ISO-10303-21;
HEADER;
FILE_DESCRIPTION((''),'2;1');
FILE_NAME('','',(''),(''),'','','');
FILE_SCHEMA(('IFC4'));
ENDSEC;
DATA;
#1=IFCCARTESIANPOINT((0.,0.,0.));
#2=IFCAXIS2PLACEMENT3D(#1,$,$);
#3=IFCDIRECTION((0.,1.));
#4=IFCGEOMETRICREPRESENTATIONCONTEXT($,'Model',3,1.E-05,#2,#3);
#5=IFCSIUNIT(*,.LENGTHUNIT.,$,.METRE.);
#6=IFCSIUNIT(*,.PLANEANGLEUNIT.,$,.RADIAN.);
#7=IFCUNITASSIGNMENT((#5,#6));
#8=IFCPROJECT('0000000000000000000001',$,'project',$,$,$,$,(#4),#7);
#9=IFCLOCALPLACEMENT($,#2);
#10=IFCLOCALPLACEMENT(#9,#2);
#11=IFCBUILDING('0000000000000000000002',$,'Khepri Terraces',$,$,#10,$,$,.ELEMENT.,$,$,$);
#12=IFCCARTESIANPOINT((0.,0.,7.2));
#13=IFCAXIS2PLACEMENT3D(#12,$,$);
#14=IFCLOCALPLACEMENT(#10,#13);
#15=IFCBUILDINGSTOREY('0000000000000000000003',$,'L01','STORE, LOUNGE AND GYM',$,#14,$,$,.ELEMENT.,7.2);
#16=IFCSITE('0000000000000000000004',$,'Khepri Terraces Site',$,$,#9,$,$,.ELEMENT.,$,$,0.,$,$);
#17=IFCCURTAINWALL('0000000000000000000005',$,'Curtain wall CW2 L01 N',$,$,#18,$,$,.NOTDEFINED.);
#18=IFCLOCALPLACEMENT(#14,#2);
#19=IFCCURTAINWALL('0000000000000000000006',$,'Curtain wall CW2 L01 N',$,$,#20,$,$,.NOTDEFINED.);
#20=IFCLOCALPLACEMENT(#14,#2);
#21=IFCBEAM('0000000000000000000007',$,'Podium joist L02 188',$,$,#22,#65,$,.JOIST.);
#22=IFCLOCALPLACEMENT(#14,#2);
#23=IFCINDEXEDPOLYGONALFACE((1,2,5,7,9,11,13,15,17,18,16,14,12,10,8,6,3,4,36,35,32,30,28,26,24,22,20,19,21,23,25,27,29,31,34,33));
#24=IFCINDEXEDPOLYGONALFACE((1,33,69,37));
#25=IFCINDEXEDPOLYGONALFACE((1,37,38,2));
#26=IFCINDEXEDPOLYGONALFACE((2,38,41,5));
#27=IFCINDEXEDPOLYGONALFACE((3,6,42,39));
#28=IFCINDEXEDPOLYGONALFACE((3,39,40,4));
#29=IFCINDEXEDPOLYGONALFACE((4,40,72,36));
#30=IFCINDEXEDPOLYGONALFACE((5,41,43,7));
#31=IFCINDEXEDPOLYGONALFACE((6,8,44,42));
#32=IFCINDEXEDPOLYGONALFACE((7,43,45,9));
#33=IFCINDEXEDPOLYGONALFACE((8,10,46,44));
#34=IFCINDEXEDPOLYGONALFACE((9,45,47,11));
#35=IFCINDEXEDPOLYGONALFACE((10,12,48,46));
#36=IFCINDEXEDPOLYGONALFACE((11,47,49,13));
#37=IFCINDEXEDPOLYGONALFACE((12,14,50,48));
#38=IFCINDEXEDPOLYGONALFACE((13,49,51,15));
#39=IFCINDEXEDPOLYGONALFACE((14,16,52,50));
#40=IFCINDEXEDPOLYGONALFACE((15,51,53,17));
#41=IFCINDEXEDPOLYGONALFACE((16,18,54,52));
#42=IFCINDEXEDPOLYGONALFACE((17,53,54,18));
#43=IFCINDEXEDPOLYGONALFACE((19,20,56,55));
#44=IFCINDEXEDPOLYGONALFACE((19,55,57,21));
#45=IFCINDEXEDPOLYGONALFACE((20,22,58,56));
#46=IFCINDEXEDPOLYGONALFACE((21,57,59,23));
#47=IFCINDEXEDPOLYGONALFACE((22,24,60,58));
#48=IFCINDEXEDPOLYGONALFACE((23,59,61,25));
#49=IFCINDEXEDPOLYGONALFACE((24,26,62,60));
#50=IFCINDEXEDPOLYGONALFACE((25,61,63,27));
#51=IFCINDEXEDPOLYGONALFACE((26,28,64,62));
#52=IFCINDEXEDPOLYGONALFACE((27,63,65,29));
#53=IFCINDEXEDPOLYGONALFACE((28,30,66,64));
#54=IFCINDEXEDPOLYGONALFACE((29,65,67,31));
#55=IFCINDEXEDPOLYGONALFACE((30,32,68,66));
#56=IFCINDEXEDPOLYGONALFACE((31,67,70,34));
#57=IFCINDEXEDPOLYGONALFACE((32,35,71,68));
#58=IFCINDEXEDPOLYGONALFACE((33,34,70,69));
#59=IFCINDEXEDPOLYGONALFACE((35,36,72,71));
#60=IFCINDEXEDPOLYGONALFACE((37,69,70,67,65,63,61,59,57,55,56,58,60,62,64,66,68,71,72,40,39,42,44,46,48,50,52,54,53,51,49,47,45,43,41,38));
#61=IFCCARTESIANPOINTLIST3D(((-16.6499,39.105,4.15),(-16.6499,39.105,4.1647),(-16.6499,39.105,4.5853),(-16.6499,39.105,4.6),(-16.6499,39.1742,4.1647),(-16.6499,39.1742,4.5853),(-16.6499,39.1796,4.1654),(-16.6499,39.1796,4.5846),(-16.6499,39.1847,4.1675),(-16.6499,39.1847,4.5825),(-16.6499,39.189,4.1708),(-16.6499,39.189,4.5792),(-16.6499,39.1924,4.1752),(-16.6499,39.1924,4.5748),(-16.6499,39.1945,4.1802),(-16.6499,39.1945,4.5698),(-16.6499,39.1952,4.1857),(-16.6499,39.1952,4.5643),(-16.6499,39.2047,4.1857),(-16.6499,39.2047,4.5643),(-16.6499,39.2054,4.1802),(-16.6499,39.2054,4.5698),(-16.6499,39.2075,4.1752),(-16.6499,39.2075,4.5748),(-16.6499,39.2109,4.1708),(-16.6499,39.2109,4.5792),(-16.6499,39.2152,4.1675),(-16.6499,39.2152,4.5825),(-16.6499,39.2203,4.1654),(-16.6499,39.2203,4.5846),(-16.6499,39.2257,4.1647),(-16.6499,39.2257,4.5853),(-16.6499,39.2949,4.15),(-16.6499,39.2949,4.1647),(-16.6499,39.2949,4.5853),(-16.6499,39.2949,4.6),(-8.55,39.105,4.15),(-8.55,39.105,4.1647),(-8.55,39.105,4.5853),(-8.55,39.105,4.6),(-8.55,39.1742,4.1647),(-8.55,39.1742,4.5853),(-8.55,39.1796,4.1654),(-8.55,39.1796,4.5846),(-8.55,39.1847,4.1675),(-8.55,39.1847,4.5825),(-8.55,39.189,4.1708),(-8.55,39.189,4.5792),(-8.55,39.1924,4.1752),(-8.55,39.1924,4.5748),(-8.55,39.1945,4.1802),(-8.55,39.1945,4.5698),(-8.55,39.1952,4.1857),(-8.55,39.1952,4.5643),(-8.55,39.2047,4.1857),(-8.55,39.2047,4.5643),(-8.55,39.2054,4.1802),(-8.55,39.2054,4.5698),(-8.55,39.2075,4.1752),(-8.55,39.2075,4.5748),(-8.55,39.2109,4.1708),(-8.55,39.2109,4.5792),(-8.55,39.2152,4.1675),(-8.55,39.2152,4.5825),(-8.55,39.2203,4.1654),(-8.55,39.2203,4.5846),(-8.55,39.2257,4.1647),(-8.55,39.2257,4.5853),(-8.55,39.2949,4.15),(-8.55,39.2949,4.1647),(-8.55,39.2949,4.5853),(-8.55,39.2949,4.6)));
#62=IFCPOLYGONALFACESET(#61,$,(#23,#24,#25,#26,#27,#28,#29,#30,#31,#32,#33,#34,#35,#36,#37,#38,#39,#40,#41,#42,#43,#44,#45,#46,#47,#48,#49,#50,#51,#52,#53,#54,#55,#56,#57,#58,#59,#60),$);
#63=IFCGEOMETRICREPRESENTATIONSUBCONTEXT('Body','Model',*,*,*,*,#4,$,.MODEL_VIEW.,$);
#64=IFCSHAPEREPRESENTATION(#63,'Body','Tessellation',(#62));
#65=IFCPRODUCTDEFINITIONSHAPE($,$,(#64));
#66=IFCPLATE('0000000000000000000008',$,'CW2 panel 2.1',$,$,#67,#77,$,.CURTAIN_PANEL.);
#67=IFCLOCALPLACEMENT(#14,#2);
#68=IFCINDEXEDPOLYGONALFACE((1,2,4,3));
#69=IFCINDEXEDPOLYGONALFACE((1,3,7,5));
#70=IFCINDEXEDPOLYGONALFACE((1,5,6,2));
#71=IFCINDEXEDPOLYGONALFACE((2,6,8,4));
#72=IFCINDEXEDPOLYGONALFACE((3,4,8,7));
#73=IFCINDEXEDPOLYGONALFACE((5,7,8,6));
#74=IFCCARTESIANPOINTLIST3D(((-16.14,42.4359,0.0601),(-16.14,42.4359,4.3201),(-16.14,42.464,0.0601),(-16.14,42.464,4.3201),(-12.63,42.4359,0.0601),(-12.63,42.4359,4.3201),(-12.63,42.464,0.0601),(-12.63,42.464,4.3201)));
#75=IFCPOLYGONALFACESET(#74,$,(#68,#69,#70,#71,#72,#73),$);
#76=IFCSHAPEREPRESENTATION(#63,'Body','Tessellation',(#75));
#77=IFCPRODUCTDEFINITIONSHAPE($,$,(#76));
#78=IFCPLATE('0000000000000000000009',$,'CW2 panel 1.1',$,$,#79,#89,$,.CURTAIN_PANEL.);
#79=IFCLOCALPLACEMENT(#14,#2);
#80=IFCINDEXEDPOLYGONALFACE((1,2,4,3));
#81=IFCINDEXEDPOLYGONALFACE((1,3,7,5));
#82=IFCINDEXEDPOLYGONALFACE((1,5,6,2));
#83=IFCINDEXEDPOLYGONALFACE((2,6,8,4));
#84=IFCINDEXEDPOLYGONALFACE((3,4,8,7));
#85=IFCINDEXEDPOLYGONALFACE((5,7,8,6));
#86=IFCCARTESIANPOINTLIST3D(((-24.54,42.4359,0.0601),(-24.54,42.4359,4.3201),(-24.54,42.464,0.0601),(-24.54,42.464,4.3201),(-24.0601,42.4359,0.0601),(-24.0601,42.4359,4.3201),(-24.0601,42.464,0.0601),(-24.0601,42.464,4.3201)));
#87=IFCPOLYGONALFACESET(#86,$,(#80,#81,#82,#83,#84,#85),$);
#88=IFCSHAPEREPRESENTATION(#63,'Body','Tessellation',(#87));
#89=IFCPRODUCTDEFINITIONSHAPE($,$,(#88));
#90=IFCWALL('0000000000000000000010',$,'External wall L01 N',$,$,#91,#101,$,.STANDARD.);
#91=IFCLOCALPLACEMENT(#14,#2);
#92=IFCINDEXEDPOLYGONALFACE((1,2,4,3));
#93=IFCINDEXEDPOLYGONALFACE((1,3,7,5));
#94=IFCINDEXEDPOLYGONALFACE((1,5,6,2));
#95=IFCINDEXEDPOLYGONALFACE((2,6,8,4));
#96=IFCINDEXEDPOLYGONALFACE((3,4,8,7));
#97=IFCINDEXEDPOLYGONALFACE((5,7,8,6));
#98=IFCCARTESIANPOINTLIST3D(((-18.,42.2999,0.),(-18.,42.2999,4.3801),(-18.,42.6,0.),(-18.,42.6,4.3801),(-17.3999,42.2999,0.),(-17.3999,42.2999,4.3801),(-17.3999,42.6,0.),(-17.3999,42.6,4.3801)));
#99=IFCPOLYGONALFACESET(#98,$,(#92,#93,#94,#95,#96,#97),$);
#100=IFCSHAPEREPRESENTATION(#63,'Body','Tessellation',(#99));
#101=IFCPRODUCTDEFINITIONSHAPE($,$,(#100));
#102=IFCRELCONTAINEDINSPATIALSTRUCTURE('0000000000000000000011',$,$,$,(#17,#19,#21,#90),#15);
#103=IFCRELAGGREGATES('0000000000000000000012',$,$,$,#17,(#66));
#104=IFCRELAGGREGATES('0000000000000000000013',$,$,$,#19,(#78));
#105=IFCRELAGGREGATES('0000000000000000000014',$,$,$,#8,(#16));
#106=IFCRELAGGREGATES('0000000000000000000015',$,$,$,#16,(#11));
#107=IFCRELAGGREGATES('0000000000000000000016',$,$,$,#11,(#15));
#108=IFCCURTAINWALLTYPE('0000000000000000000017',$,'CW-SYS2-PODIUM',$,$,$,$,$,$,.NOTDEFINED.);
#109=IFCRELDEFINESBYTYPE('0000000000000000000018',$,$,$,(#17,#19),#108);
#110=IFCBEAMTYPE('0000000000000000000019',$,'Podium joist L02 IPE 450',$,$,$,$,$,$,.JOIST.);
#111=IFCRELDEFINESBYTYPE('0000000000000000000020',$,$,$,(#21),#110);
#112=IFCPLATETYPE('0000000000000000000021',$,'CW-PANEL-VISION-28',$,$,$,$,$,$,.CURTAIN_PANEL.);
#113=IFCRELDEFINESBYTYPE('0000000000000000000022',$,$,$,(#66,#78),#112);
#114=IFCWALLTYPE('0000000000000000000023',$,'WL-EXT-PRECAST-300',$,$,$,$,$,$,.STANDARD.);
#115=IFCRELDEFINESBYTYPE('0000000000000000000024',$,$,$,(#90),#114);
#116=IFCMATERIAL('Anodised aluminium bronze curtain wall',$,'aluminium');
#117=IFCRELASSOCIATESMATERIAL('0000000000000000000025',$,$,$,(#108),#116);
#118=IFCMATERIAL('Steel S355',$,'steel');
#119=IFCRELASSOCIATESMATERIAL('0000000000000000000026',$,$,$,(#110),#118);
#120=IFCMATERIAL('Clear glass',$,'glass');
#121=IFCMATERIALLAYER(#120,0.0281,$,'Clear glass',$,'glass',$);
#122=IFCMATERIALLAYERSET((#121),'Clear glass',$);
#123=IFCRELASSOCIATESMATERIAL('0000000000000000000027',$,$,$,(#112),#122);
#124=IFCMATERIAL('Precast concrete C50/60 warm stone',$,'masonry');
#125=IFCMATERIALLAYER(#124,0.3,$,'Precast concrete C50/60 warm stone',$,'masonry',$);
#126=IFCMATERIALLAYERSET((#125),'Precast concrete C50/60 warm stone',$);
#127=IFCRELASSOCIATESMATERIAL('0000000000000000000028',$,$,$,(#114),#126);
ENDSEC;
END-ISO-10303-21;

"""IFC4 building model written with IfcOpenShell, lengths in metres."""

from ifc_helpers import new_model, si_unit, direction, frame, frame_2d, origin, origin_2d, place, context, subcontext, project, spatial, rectangle, i_section, extrude, material, layer, layer_set, material_profile, profile_set, type_object, element, aggregate, save


model = new_model("IFC4")

# Units and contexts
model_context = context("Model", 3, precision=1e-05, world=origin(), true_north=direction((0.0, 1.0)))
body_context = subcontext(model_context, "Body", "Model", "MODEL_VIEW")
ifc_project = project(units=[si_unit("LENGTHUNIT", "METRE"), si_unit("PLANEANGLEUNIT", "RADIAN")], contexts=[model_context])

# Site, building, storey
site_placement = place(None, origin())
site = spatial("IfcSite", under=ifc_project, at=site_placement, Name="Khepri Terraces Site", CompositionType="ELEMENT", RefElevation=0.0)
building_placement = place(site_placement, origin())
building = spatial("IfcBuilding", under=site, at=building_placement, Name="Khepri Terraces", CompositionType="ELEMENT")
storey_placement = place(building_placement, frame((0.0, 0.0, 7.2)))
storey = spatial("IfcBuildingStorey", under=building, at=storey_placement, Name="L01", Description="STORE, LOUNGE AND GYM", CompositionType="ELEMENT", Elevation=7.2)

# Curtain wall
ifc_material_1 = material(Name="Anodised aluminium bronze curtain wall", Category="aluminium")
curtain_wall_type = type_object("IfcCurtainWallType", Name="CW-SYS2-PODIUM", PredefinedType="NOTDEFINED", material=ifc_material_1)
curtain_wall_1_placement = place(storey_placement, origin())
curtain_wall_1 = element("IfcCurtainWall", 1, at=curtain_wall_1_placement, inside=storey, type_object=curtain_wall_type, Name="Curtain wall CW2 L01 N", PredefinedType="NOTDEFINED")

# Curtain wall
curtain_wall_2_placement = place(storey_placement, origin())
curtain_wall_2 = element("IfcCurtainWall", 2, at=curtain_wall_2_placement, inside=storey, type_object=curtain_wall_type, Name="Curtain wall CW2 L01 N", PredefinedType="NOTDEFINED")

# Beam
ifc_material_2 = material(Name="Steel S355", Category="steel")
ifc_material_profile_1 = material_profile(ifc_material_2, i_section(OverallWidth=0.1899, OverallDepth=0.45, WebThickness=0.0095, FlangeThickness=0.0146, FilletRadius=0.021, at=origin_2d()), Name="Steel S355", Category="steel")
ifc_profile_set_1 = profile_set([ifc_material_profile_1], Name="Steel S355")
beam_type_1 = type_object("IfcBeamType", Name="Podium joist L02 IPE 450", PredefinedType="JOIST", material=ifc_profile_set_1)
beam_1_placement = place(storey_placement, frame((-16.6499, 39.2, 4.375), z_axis=(1.0, 0.0, 0.0), x_axis=(0.0, 1.0, 0.0)))
element("IfcBeam", 3, at=beam_1_placement, inside=storey, type_object=beam_type_1, Name="Podium joist L02 188", PredefinedType="JOIST", context=body_context, shape_type="SweptSolid", body=[
    extrude(i_section(OverallWidth=0.1899, OverallDepth=0.45, WebThickness=0.0095, FlangeThickness=0.0146, FilletRadius=0.021, at=origin_2d()), origin(), (0.0, 0.0, 1.0), 8.0999),
])

# Plates
ifc_material_3 = material(Name="Clear glass", Category="glass")
ifc_layer_1 = layer(ifc_material_3, 0.0281, Name="Clear glass", Category="glass")
ifc_layer_set_1 = layer_set([ifc_layer_1], Name="Clear glass")
plate_type = type_object("IfcPlateType", Name="CW-PANEL-VISION-28", PredefinedType="CURTAIN_PANEL", material=ifc_layer_set_1)
plate_1_placement = place(storey_placement, frame((-14.385, 42.45, 0.0601), z_axis=(0.0, 0.0, 1.0), x_axis=(-1.0, 0.0, 0.0)))
plate_1 = element("IfcPlate", 4, at=plate_1_placement, type_object=plate_type, Name="CW2 panel 2.1", PredefinedType="CURTAIN_PANEL", context=body_context, shape_type="SweptSolid", body=[
    extrude(rectangle(XDim=3.51, YDim=0.0281, at=origin_2d()), origin(), (0.0, 0.0, 1.0), 4.26),
])
aggregate(curtain_wall_1, [plate_1])
plate_2_placement = place(storey_placement, frame((-24.3, 42.45, 0.0601), z_axis=(0.0, 0.0, 1.0), x_axis=(-1.0, 0.0, 0.0)))
plate_2 = element("IfcPlate", 5, at=plate_2_placement, type_object=plate_type, Name="CW2 panel 1.1", PredefinedType="CURTAIN_PANEL", context=body_context, shape_type="SweptSolid", body=[
    extrude(rectangle(XDim=0.48, YDim=0.0281, at=origin_2d()), origin(), (0.0, 0.0, 1.0), 4.26),
])
aggregate(curtain_wall_2, [plate_2])

# Wall
ifc_material_4 = material(Name="Precast concrete C50/60 warm stone", Category="masonry")
ifc_layer_2 = layer(ifc_material_4, 0.3, Name="Precast concrete C50/60 warm stone", Category="masonry")
ifc_layer_set_2 = layer_set([ifc_layer_2], Name="Precast concrete C50/60 warm stone")
wall_type = type_object("IfcWallType", Name="WL-EXT-PRECAST-300", PredefinedType="STANDARD", material=ifc_layer_set_2)
wall_1_placement = place(storey_placement, frame((-17.3999, 42.45, 0.0), z_axis=(0.0, 0.0, 1.0), x_axis=(-1.0, 0.0, 0.0)))
element("IfcWall", 6, at=wall_1_placement, inside=storey, type_object=wall_type, Name="External wall L01 N", PredefinedType="STANDARD", context=body_context, shape_type="SweptSolid", body=[
    extrude(rectangle(XDim=0.6001, YDim=0.3, at=frame_2d((0.3, 0.0))), origin(), (0.0, 0.0, 1.0), 4.3801),
])

save(model, "model.ifc")
